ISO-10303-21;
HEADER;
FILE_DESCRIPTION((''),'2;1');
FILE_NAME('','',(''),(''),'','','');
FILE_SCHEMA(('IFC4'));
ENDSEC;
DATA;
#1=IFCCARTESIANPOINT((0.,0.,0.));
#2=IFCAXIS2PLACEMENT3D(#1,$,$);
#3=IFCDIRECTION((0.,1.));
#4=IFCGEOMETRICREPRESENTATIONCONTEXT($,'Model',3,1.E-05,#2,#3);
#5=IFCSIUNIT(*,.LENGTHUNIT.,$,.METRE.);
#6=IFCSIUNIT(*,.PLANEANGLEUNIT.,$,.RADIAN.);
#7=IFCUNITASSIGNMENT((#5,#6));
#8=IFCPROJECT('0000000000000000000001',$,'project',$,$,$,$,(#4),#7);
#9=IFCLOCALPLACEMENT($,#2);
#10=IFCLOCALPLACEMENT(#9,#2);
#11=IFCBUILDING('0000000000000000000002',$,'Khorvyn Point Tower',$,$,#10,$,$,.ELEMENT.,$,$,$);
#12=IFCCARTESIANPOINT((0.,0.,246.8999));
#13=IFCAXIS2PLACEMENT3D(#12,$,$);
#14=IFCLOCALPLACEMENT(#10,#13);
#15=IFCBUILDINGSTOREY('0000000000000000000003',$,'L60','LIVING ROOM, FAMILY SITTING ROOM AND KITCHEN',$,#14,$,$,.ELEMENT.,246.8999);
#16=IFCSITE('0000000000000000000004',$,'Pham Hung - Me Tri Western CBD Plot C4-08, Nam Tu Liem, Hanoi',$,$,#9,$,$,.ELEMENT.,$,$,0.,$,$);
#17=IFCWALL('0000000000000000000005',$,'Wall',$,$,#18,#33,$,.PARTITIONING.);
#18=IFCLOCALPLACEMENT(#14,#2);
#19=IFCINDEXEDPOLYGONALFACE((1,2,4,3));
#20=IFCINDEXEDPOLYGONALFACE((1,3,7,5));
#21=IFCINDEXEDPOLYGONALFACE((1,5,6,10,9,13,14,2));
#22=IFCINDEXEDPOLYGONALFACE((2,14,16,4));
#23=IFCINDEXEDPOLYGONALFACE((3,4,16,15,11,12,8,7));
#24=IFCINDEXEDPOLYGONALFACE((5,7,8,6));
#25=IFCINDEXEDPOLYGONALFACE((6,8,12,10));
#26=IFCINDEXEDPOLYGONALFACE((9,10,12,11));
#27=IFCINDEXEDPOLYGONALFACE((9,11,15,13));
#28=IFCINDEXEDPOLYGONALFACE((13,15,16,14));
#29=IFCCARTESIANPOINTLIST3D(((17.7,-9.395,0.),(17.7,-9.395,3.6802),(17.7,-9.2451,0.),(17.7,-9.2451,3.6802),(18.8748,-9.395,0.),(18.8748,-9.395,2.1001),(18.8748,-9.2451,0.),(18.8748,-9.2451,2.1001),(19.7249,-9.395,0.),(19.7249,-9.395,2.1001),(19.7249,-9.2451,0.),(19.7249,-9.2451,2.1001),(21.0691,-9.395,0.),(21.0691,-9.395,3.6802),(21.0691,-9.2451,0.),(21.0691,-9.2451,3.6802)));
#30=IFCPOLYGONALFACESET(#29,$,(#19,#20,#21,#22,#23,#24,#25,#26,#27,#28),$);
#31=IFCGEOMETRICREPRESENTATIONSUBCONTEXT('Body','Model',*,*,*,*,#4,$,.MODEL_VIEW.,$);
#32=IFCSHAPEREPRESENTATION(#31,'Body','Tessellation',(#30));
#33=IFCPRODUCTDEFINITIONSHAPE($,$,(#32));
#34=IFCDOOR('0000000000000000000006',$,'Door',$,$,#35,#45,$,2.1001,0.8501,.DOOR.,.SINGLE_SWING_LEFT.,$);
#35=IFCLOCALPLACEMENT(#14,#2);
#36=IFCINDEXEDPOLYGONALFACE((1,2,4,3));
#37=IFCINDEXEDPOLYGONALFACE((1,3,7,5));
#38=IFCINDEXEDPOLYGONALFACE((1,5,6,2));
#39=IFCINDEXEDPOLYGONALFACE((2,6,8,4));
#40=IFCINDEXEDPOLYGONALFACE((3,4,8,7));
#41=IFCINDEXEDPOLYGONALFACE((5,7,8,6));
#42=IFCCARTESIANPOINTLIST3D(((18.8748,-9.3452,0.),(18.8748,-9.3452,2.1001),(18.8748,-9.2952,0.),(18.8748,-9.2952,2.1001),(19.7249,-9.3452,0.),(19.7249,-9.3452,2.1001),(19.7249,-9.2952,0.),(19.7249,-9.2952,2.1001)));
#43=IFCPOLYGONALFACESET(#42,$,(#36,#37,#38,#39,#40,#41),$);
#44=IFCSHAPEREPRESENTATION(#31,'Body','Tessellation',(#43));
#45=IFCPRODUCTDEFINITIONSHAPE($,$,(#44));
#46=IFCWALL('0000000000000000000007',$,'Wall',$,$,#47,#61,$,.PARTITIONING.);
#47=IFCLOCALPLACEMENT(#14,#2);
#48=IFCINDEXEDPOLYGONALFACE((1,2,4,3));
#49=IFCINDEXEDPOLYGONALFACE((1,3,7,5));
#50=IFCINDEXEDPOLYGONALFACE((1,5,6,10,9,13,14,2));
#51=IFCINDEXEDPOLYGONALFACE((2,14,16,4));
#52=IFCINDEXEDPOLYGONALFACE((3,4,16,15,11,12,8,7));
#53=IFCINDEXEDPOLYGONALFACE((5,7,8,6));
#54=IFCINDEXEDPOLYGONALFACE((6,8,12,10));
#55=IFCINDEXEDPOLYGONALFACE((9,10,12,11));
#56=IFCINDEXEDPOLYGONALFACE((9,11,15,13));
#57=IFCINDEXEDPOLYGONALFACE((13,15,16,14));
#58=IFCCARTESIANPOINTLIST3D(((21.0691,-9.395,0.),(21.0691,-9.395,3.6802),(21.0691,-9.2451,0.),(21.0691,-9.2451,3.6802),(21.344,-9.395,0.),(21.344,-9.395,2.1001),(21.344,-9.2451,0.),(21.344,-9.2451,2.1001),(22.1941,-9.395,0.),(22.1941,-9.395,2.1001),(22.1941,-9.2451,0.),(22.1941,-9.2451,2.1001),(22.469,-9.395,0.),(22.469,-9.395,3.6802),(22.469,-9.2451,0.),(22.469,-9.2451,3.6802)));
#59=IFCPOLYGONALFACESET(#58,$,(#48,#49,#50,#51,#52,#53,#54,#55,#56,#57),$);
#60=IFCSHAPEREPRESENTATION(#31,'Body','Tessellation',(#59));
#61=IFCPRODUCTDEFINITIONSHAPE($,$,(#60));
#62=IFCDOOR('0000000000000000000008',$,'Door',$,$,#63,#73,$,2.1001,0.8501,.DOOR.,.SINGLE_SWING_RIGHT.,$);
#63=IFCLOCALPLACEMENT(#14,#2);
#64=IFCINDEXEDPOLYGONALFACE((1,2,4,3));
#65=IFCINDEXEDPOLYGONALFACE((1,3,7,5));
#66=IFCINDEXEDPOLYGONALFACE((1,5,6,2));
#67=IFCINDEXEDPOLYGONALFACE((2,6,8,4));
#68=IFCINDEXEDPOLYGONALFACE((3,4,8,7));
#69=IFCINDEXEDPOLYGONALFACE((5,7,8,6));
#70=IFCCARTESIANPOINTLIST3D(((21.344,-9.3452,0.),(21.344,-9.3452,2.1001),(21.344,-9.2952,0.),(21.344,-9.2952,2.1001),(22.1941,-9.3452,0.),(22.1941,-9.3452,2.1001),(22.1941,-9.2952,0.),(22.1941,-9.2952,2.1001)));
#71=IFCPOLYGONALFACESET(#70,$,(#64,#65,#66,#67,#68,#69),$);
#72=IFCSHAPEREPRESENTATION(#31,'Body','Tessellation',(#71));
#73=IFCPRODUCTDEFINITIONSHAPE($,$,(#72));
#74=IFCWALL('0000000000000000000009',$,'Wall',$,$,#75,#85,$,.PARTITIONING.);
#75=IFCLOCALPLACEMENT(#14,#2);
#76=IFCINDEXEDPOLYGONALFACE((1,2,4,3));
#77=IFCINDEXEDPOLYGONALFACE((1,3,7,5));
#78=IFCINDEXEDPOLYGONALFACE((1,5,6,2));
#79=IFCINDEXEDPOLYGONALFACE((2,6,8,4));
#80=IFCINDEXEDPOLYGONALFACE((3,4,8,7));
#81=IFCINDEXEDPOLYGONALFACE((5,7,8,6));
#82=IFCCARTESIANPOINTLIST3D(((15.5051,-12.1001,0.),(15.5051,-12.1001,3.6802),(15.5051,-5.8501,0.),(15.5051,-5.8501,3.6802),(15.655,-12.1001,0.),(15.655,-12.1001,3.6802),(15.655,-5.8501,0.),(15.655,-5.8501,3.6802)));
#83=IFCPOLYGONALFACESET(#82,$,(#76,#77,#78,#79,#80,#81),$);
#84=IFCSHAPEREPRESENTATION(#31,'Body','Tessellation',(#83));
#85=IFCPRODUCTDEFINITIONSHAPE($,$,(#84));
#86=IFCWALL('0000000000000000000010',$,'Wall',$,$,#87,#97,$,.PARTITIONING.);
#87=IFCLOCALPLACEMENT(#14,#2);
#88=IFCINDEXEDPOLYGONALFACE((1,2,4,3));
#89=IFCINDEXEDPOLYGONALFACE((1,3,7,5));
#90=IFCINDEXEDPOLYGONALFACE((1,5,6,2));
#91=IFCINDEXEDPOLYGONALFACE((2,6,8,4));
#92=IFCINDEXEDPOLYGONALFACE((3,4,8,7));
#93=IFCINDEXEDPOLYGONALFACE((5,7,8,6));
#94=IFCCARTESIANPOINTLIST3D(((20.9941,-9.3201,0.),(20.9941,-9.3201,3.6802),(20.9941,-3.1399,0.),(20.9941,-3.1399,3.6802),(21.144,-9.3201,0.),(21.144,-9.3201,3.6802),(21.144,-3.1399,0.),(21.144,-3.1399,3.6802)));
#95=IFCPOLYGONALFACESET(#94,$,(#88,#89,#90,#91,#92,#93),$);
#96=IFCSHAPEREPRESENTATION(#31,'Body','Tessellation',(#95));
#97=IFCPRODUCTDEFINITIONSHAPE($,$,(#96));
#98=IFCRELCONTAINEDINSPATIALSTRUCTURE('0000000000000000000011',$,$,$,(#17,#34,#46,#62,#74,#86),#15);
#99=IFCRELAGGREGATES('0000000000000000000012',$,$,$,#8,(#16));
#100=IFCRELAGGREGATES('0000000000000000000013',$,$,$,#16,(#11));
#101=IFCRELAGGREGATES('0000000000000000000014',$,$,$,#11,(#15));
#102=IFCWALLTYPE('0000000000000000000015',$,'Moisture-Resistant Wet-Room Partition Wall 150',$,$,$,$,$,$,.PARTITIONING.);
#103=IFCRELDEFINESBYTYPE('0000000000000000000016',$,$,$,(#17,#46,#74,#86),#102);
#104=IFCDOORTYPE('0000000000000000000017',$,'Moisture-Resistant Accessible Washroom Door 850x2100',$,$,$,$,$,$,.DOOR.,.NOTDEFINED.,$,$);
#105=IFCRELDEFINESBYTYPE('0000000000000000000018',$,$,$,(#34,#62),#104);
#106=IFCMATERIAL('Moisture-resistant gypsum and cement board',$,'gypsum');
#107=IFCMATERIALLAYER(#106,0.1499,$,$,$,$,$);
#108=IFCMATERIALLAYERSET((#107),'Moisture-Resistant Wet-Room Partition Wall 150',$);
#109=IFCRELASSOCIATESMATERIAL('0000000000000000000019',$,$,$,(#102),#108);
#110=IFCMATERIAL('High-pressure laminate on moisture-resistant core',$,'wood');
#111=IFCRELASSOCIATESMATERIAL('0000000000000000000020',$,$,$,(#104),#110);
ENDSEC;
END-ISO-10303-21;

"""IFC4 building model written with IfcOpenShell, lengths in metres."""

from ifc_helpers import new_model, si_unit, direction, frame, frame_2d, origin, place, context, subcontext, project, spatial, rectangle, extrude, material, layer, layer_set, type_object, element, fill, save


model = new_model("IFC4")

# Units and contexts
model_context = context("Model", 3, precision=1e-05, world=origin(), true_north=direction((0.0, 1.0)))
body_context = subcontext(model_context, "Body", "Model", "MODEL_VIEW")
ifc_project = project(units=[si_unit("LENGTHUNIT", "METRE"), si_unit("PLANEANGLEUNIT", "RADIAN")], contexts=[model_context])

# Site, building, storey
site_placement = place(None, origin())
site = spatial("IfcSite", under=ifc_project, at=site_placement, Name="Pham Hung - Me Tri Western CBD Plot C4-08, Nam Tu Liem, Hanoi", CompositionType="ELEMENT", RefElevation=0.0)
building_placement = place(site_placement, origin())
building = spatial("IfcBuilding", under=site, at=building_placement, Name="Khorvyn Point Tower", CompositionType="ELEMENT")
storey_placement = place(building_placement, frame((0.0, 0.0, 246.8999)))
storey = spatial("IfcBuildingStorey", under=building, at=storey_placement, Name="L60", Description="LIVING ROOM, FAMILY SITTING ROOM AND KITCHEN", CompositionType="ELEMENT", Elevation=246.8999)

# Walls, openings, doors
ifc_material_1 = material(Name="Moisture-resistant gypsum and cement board", Category="gypsum")
ifc_layer_1 = layer(ifc_material_1, 0.1499)
ifc_layer_set_1 = layer_set([ifc_layer_1], Name="Moisture-Resistant Wet-Room Partition Wall 150")
wall_type_1 = type_object("IfcWallType", Name="Moisture-Resistant Wet-Room Partition Wall 150", PredefinedType="PARTITIONING", material=ifc_layer_set_1)
wall_1_placement = place(storey_placement, frame((17.7, -9.3201, 0.0), z_axis=(0.0, 0.0, 1.0), x_axis=(1.0, 0.0, 0.0)))
wall_1 = element("IfcWall", 1, at=wall_1_placement, inside=storey, type_object=wall_type_1, Name="Wall", PredefinedType="PARTITIONING", context=body_context, shape_type="SweptSolid", body=[
    extrude(rectangle(XDim=3.3691, YDim=0.1499, at=frame_2d((1.6846, 0.0))), origin(), (0.0, 0.0, 1.0), 3.6802),
])
opening_1_placement = place(wall_1_placement, frame((1.1748, 0.0, 0.0)))
opening_1 = element("IfcOpeningElement", 2, at=opening_1_placement, cuts=wall_1, PredefinedType="OPENING", context=body_context, shape_type="SweptSolid", body=[
    extrude(rectangle(XDim=0.8501, YDim=2.1001, at=frame_2d((0.425, 1.05))), frame((0.0, 0.085, 0.0), z_axis=(0.0, -1.0, 0.0), x_axis=(1.0, 0.0, 0.0)), (0.0, 0.0, 1.0), 0.1699),
])
ifc_material_2 = material(Name="High-pressure laminate on moisture-resistant core", Category="wood")
door_type_1 = type_object("IfcDoorType", Name="Moisture-Resistant Accessible Washroom Door 850x2100", OperationType="NOTDEFINED", PredefinedType="DOOR", material=ifc_material_2)
door_1_placement = place(opening_1_placement, origin())
door_1 = element("IfcDoor", 3, at=door_1_placement, inside=storey, type_object=door_type_1, Name="Door", OperationType="SINGLE_SWING_LEFT", OverallHeight=2.1001, OverallWidth=0.8501, PredefinedType="DOOR", context=body_context, shape_type="SweptSolid", body=[
    extrude(rectangle(XDim=0.8501, YDim=2.1001, at=frame_2d((0.425, 1.05))), frame((0.0, 0.0249, 0.0), z_axis=(0.0, -1.0, 0.0), x_axis=(1.0, 0.0, 0.0)), (0.0, 0.0, 1.0), 0.05),
])
fill(opening_1, door_1)
wall_2_placement = place(storey_placement, frame((21.0691, -9.3201, 0.0), z_axis=(0.0, 0.0, 1.0), x_axis=(1.0, 0.0, 0.0)))
wall_2 = element("IfcWall", 4, at=wall_2_placement, inside=storey, type_object=wall_type_1, Name="Wall", PredefinedType="PARTITIONING", context=body_context, shape_type="SweptSolid", body=[
    extrude(rectangle(XDim=1.3999, YDim=0.1499, at=frame_2d((0.7, 0.0))), origin(), (0.0, 0.0, 1.0), 3.6802),
])
opening_2_placement = place(wall_2_placement, frame((0.2749, 0.0, 0.0)))
opening_2 = element("IfcOpeningElement", 5, at=opening_2_placement, cuts=wall_2, PredefinedType="OPENING", context=body_context, shape_type="SweptSolid", body=[
    extrude(rectangle(XDim=0.8501, YDim=2.1001, at=frame_2d((0.425, 1.05))), frame((0.0, 0.085, 0.0), z_axis=(0.0, -1.0, 0.0), x_axis=(1.0, 0.0, 0.0)), (0.0, 0.0, 1.0), 0.1699),
])
door_2_placement = place(opening_2_placement, origin())
door_2 = element("IfcDoor", 6, at=door_2_placement, inside=storey, type_object=door_type_1, Name="Door", OperationType="SINGLE_SWING_RIGHT", OverallHeight=2.1001, OverallWidth=0.8501, PredefinedType="DOOR", context=body_context, shape_type="SweptSolid", body=[
    extrude(rectangle(XDim=0.8501, YDim=2.1001, at=frame_2d((0.425, 1.05))), frame((0.0, 0.0249, 0.0), z_axis=(0.0, -1.0, 0.0), x_axis=(1.0, 0.0, 0.0)), (0.0, 0.0, 1.0), 0.05),
])
fill(opening_2, door_2)

# Walls
wall_3_placement = place(storey_placement, frame((15.5801, -12.1001, 0.0), z_axis=(0.0, 0.0, 1.0), x_axis=(0.0, 1.0, 0.0)))
element("IfcWall", 7, at=wall_3_placement, inside=storey, type_object=wall_type_1, Name="Wall", PredefinedType="PARTITIONING", context=body_context, shape_type="SweptSolid", body=[
    extrude(rectangle(XDim=6.25, YDim=0.1499, at=frame_2d((3.125, 0.0))), origin(), (0.0, 0.0, 1.0), 3.6802),
])
wall_4_placement = place(storey_placement, frame((21.0691, -9.3201, 0.0), z_axis=(0.0, 0.0, 1.0), x_axis=(0.0, 1.0, 0.0)))
element("IfcWall", 8, at=wall_4_placement, inside=storey, type_object=wall_type_1, Name="Wall", PredefinedType="PARTITIONING", context=body_context, shape_type="SweptSolid", body=[
    extrude(rectangle(XDim=6.1802, YDim=0.1499, at=frame_2d((3.0901, 0.0))), origin(), (0.0, 0.0, 1.0), 3.6802),
])

save(model, "model.ifc")
